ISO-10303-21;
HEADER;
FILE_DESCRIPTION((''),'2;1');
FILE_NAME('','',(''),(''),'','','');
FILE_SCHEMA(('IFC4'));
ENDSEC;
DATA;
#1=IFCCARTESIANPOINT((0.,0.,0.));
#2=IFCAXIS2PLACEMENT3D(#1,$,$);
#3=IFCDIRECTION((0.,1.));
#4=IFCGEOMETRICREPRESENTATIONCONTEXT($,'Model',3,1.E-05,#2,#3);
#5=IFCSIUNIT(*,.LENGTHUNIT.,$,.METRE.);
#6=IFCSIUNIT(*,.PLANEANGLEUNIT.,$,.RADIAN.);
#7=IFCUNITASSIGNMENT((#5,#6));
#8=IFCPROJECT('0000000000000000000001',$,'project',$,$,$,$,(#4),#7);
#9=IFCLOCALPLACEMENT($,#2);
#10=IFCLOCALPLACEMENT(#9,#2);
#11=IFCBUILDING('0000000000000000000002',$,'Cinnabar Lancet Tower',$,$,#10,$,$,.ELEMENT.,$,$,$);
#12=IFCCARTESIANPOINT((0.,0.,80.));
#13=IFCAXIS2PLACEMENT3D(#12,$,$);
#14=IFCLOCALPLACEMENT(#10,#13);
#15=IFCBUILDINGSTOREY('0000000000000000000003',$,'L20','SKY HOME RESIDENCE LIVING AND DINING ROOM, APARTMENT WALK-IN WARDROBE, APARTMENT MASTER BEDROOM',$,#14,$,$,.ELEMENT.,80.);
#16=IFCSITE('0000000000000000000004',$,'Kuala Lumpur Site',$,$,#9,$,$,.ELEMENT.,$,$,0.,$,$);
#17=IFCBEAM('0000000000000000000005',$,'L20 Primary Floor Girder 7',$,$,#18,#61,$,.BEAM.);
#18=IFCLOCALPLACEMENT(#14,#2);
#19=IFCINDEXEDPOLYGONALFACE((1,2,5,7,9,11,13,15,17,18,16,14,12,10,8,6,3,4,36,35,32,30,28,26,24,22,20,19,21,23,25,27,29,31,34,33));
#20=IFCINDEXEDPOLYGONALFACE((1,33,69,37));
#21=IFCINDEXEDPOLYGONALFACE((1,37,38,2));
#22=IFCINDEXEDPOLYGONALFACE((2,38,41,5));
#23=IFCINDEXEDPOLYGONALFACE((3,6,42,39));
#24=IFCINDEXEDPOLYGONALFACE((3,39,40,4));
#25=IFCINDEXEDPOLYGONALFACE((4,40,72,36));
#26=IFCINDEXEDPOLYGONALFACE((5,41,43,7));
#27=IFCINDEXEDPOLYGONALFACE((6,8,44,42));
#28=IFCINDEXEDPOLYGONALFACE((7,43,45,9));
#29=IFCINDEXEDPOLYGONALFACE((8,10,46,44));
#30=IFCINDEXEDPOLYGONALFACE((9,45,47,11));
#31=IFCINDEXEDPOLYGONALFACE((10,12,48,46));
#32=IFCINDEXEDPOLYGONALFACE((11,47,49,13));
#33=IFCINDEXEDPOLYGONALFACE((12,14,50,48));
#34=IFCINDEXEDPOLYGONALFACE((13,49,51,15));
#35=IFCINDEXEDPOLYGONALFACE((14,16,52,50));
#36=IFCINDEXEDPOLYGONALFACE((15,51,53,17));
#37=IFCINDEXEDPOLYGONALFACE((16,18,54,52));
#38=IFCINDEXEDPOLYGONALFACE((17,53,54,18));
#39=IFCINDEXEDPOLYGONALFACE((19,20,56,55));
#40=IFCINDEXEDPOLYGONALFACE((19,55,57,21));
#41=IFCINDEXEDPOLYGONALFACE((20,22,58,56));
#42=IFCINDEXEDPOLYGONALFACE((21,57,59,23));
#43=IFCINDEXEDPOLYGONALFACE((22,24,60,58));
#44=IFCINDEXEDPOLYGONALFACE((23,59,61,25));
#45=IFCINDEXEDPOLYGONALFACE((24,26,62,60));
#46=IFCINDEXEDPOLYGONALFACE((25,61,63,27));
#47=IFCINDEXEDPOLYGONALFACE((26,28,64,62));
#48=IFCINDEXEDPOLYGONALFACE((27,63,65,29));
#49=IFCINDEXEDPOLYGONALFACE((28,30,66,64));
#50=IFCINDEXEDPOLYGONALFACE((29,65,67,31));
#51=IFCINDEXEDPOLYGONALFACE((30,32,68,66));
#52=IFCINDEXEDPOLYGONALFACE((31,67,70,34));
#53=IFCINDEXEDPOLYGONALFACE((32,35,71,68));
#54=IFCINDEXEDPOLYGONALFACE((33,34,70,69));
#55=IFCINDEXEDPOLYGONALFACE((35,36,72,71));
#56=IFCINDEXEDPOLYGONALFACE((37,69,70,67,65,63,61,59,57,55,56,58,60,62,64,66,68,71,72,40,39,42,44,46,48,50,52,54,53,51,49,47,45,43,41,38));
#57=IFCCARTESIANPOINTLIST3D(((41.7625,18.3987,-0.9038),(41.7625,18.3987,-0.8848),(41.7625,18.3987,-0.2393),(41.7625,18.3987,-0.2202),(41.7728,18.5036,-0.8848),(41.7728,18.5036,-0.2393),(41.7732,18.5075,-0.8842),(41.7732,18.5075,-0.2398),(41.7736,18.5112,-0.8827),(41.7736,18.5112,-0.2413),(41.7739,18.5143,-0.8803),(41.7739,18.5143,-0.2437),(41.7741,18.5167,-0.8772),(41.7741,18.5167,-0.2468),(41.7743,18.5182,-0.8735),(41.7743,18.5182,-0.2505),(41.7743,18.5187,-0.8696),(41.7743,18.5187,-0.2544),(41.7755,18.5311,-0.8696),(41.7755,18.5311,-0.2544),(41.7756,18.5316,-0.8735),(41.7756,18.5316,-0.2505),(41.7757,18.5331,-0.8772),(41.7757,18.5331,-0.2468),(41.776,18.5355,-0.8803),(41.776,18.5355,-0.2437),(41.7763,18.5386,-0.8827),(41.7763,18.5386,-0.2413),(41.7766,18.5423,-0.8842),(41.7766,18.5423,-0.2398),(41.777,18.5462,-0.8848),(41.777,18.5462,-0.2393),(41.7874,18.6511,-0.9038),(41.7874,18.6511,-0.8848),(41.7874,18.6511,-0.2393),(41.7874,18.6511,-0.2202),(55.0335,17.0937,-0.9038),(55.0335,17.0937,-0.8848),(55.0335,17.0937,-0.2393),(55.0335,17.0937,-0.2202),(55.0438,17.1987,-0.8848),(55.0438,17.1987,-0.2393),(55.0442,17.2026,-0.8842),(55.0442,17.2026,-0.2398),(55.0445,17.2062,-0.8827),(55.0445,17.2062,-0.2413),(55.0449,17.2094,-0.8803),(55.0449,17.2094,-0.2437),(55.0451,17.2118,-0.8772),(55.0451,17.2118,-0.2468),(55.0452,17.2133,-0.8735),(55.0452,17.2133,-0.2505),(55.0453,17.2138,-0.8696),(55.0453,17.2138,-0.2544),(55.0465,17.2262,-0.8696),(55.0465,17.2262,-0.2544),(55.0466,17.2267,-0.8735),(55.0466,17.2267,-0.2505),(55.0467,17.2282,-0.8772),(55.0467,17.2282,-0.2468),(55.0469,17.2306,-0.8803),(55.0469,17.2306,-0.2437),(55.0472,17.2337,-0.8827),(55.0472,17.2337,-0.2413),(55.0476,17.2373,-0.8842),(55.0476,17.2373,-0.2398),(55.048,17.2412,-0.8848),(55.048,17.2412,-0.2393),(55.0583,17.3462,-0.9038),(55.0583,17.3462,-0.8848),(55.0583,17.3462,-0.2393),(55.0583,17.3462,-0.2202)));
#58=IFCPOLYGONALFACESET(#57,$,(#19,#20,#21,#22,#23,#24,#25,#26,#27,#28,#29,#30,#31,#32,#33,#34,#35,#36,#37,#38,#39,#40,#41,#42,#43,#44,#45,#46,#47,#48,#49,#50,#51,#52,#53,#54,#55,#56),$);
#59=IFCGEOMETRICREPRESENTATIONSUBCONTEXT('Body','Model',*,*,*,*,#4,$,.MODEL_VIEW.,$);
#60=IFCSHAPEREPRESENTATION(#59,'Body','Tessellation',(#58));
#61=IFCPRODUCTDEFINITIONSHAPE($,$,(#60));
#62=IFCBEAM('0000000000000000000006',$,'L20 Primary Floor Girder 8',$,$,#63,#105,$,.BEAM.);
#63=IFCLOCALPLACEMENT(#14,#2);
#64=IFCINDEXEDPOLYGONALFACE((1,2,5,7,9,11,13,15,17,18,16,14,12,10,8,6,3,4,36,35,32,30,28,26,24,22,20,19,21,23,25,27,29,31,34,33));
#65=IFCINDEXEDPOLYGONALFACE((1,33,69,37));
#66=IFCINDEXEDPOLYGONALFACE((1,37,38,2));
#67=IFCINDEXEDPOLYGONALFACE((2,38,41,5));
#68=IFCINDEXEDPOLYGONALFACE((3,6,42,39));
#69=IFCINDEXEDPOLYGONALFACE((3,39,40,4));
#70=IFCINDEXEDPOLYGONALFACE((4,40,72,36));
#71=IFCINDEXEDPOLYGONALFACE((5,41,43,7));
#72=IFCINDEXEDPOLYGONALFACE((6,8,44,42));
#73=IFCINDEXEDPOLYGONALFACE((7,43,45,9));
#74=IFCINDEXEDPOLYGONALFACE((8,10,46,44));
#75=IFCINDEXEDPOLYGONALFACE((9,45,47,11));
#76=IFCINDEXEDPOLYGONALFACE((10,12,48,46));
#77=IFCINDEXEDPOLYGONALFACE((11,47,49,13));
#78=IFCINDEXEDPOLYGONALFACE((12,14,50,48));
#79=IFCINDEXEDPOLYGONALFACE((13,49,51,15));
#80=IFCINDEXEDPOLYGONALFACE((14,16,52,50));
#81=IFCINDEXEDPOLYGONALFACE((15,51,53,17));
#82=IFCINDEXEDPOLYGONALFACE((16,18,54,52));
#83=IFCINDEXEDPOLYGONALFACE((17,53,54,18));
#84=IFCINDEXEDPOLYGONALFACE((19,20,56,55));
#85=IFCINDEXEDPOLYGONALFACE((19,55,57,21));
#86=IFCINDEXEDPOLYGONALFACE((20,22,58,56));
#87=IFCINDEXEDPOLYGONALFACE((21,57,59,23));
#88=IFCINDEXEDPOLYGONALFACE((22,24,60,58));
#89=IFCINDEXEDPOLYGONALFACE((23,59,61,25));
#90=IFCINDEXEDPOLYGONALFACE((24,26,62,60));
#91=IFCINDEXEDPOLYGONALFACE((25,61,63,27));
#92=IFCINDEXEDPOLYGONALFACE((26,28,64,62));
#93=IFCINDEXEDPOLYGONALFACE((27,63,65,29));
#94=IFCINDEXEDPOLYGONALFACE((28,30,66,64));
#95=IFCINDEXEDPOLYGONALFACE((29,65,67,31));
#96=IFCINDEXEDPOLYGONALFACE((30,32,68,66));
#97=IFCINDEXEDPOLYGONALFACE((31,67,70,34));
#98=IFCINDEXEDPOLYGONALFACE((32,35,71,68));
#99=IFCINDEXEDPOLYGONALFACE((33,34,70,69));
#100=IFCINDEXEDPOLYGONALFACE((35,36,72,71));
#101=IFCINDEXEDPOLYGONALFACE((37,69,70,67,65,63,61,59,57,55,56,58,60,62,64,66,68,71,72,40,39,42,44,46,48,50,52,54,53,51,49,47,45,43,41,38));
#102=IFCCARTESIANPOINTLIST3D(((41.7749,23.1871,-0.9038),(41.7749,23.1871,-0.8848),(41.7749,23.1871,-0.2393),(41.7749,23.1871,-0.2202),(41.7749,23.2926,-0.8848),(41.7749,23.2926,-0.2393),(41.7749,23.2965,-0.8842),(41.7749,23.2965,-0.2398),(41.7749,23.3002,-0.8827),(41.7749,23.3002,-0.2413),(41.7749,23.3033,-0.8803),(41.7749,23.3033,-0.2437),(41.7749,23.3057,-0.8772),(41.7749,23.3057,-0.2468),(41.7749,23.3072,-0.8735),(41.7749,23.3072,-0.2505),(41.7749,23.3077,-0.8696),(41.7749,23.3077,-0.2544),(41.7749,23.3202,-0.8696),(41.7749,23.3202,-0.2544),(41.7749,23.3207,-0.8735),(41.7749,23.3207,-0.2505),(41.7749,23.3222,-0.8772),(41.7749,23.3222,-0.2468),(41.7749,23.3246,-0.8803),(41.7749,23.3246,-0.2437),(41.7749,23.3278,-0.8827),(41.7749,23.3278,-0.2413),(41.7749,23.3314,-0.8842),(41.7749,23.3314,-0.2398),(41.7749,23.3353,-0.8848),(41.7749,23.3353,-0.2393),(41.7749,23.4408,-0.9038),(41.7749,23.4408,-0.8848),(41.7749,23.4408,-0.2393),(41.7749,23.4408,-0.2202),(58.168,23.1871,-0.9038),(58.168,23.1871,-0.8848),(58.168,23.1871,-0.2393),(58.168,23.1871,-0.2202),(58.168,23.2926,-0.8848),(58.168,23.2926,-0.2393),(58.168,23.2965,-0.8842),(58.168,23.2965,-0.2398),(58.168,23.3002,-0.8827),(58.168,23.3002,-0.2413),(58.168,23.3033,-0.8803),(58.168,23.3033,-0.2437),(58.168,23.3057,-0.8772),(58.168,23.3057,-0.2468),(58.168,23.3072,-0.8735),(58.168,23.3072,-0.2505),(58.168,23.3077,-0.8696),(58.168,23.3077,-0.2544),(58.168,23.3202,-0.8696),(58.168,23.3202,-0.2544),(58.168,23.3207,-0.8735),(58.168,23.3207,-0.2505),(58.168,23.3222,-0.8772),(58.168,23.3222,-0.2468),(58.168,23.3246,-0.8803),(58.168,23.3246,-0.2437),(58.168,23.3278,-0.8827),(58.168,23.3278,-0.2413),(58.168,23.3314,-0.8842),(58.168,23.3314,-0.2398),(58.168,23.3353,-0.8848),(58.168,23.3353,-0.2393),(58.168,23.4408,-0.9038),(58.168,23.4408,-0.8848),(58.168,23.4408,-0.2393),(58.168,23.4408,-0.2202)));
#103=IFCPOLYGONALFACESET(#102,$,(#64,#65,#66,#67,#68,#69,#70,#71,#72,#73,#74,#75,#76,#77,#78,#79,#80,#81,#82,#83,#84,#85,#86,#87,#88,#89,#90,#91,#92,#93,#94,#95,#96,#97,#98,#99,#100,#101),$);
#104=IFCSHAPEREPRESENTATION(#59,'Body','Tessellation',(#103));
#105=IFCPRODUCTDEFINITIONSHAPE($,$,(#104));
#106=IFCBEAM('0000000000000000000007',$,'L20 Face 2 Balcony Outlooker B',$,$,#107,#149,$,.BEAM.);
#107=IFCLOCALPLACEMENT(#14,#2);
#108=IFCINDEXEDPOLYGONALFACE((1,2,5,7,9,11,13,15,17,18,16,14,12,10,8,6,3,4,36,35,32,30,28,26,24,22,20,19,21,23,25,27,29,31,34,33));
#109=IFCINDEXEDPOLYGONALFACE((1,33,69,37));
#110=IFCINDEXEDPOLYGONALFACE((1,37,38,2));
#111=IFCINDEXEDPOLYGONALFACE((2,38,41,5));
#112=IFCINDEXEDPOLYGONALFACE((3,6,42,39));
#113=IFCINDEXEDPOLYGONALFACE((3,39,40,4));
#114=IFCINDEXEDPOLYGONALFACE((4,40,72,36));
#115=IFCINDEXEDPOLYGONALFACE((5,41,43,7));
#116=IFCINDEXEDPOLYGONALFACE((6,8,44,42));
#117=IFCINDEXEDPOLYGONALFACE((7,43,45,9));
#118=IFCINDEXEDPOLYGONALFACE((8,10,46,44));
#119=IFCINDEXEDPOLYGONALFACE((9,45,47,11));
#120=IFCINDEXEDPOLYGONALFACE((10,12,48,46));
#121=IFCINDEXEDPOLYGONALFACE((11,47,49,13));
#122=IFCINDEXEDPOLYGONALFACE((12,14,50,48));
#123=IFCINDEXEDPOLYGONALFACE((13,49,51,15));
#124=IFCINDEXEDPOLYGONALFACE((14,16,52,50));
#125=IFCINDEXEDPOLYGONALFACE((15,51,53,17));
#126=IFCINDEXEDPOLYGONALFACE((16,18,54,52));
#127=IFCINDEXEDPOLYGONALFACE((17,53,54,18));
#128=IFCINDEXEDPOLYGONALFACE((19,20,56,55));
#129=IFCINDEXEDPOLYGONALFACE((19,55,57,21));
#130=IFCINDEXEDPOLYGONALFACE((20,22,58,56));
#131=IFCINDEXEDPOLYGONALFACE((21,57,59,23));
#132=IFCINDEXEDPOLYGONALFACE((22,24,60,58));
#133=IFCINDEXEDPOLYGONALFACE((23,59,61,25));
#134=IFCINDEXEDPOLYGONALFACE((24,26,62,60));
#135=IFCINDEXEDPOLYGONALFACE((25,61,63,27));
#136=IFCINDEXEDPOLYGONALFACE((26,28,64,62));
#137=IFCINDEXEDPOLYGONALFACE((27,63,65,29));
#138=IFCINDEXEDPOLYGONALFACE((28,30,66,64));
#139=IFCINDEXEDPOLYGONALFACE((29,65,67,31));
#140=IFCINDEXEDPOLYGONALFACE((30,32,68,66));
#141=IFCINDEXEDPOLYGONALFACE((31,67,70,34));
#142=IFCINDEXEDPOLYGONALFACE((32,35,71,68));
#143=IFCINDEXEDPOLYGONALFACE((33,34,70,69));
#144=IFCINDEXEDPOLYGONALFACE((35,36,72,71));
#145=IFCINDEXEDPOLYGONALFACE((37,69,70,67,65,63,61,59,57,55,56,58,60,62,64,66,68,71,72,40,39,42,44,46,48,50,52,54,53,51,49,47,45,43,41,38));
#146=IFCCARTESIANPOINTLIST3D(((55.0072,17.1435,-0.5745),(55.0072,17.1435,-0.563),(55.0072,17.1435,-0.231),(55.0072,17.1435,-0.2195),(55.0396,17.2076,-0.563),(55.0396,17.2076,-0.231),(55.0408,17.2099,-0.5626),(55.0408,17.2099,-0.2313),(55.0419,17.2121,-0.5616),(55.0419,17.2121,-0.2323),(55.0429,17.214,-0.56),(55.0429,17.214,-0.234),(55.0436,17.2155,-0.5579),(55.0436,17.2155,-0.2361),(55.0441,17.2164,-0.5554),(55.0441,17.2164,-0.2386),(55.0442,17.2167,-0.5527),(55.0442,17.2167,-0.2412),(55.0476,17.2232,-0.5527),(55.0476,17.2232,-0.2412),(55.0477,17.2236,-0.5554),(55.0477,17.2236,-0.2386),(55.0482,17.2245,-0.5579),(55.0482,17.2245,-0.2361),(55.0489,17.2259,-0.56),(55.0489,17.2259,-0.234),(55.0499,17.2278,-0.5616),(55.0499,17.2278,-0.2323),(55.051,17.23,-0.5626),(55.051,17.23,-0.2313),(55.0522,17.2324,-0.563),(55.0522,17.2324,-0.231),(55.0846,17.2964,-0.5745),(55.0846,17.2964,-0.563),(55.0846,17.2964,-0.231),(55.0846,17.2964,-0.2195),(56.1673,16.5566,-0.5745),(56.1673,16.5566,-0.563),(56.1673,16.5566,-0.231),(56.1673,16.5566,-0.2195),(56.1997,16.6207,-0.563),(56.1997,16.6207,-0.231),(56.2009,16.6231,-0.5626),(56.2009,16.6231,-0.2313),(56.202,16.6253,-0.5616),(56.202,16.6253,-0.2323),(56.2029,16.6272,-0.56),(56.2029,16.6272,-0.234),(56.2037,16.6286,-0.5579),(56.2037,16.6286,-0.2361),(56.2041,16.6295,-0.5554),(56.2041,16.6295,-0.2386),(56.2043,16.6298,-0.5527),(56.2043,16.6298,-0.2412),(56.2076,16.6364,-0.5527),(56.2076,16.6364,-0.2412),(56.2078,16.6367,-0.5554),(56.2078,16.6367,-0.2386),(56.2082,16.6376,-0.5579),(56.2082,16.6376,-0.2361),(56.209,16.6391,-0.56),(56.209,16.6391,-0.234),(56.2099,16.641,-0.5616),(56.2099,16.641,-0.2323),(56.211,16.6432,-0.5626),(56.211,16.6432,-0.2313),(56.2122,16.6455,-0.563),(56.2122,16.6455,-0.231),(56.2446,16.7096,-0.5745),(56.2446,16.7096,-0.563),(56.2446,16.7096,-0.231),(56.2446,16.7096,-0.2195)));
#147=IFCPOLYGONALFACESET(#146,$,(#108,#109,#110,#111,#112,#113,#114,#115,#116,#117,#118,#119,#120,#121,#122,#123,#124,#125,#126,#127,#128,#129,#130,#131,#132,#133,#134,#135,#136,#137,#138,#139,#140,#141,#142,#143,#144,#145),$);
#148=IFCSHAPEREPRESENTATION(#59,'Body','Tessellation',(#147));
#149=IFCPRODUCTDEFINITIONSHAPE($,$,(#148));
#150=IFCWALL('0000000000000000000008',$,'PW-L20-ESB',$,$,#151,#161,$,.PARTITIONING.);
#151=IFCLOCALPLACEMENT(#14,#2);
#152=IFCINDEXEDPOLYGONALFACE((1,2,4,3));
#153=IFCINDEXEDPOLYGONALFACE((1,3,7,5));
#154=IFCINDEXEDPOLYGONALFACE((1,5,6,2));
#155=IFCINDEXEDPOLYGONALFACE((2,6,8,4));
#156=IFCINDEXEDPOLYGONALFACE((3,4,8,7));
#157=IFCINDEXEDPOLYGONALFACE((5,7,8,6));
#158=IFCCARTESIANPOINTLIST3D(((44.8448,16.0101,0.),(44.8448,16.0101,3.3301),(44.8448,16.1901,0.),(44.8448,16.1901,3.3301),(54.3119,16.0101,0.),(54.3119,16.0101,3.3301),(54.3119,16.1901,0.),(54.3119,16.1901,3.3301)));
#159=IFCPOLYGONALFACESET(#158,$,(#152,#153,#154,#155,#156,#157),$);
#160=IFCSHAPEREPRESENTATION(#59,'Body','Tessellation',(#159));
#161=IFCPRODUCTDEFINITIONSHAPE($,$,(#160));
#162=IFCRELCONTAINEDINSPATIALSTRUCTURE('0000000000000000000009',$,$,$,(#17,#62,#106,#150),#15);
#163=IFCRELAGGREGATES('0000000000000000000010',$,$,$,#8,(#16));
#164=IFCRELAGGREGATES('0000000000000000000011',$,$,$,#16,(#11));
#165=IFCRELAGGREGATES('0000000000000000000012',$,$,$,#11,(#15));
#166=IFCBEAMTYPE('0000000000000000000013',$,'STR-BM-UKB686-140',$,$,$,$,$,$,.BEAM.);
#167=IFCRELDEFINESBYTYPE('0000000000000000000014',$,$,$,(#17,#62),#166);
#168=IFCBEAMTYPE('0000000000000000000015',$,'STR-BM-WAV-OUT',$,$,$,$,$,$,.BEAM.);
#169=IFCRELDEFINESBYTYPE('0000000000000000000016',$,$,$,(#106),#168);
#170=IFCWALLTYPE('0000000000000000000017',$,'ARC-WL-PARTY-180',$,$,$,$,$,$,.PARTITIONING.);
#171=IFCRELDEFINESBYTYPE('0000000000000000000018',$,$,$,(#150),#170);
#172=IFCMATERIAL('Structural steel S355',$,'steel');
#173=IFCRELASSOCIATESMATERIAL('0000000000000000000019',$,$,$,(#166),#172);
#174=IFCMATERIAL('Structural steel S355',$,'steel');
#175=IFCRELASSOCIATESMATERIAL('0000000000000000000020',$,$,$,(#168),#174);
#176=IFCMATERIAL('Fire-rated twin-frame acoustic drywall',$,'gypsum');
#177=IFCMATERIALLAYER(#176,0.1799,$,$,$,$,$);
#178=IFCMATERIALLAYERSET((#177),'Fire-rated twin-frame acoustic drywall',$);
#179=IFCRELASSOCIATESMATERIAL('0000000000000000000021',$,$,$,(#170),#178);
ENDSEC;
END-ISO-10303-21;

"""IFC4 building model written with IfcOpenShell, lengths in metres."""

from ifc_helpers import new_model, si_unit, direction, frame, frame_2d, origin, origin_2d, place, context, subcontext, project, spatial, rectangle, i_section, extrude, material, layer, layer_set, material_profile, profile_set, type_object, element, save


model = new_model("IFC4")

# Units and contexts
model_context = context("Model", 3, precision=1e-05, world=origin(), true_north=direction((0.0, 1.0)))
body_context = subcontext(model_context, "Body", "Model", "MODEL_VIEW")
ifc_project = project(units=[si_unit("LENGTHUNIT", "METRE"), si_unit("PLANEANGLEUNIT", "RADIAN")], contexts=[model_context])

# Site, building, storey
site_placement = place(None, origin())
site = spatial("IfcSite", under=ifc_project, at=site_placement, Name="Kuala Lumpur Site", CompositionType="ELEMENT", RefElevation=0.0)
building_placement = place(site_placement, origin())
building = spatial("IfcBuilding", under=site, at=building_placement, Name="Cinnabar Lancet Tower", CompositionType="ELEMENT")
storey_placement = place(building_placement, frame((0.0, 0.0, 80.0)))
storey = spatial("IfcBuildingStorey", under=building, at=storey_placement, Name="L20", Description="SKY HOME RESIDENCE LIVING AND DINING ROOM, APARTMENT WALK-IN WARDROBE, APARTMENT MASTER BEDROOM", CompositionType="ELEMENT", Elevation=80.0)

# Beams
ifc_material_1 = material(Name="Structural steel S355", Category="steel")
ifc_material_profile_1 = material_profile(ifc_material_1, i_section(OverallWidth=0.2537, OverallDepth=0.6836, WebThickness=0.0125, FlangeThickness=0.019, FilletRadius=0.0151, at=origin_2d()), Name="UKB 686x254x140")
ifc_profile_set_1 = profile_set([ifc_material_profile_1], Name="Structural steel S355")
beam_type_1 = type_object("IfcBeamType", Name="STR-BM-UKB686-140", PredefinedType="BEAM", material=ifc_profile_set_1)
beam_1_placement = place(storey_placement, frame((55.0459, 17.22, -0.562), z_axis=(-0.9952, 0.097858, 0.0), x_axis=(-0.097858, -0.9952, 0.0)))
element("IfcBeam", 1, at=beam_1_placement, inside=storey, type_object=beam_type_1, Name="L20 Primary Floor Girder 7", PredefinedType="BEAM", context=body_context, shape_type="SweptSolid", body=[
    extrude(i_section(OverallWidth=0.2537, OverallDepth=0.6836, WebThickness=0.0125, FlangeThickness=0.019, FilletRadius=0.0151, at=origin_2d()), origin(), (0.0, 0.0, 1.0), 13.335),
])
beam_2_placement = place(storey_placement, frame((58.168, 23.314, -0.562), z_axis=(-1.0, 0.0, 0.0), x_axis=(0.0, -1.0, 0.0)))
element("IfcBeam", 2, at=beam_2_placement, inside=storey, type_object=beam_type_1, Name="L20 Primary Floor Girder 8", PredefinedType="BEAM", context=body_context, shape_type="SweptSolid", body=[
    extrude(i_section(OverallWidth=0.2537, OverallDepth=0.6836, WebThickness=0.0125, FlangeThickness=0.019, FilletRadius=0.0151, at=origin_2d()), origin(), (0.0, 0.0, 1.0), 16.3931),
])
ifc_material_2 = material(Name="Structural steel S355", Category="steel")
ifc_material_profile_2 = material_profile(ifc_material_2, i_section(OverallWidth=0.1714, OverallDepth=0.355, WebThickness=0.0073, FlangeThickness=0.0115, FilletRadius=0.0103, at=origin_2d()), Name="UKB 356x171x51")
ifc_profile_set_2 = profile_set([ifc_material_profile_2], Name="Structural steel S355")
beam_type_2 = type_object("IfcBeamType", Name="STR-BM-WAV-OUT", PredefinedType="BEAM", material=ifc_profile_set_2)
beam_3_placement = place(storey_placement, frame((55.0459, 17.22, -0.397), z_axis=(0.892314, -0.451415, 0.0), x_axis=(0.451415, 0.892314, 0.0)))
element("IfcBeam", 3, at=beam_3_placement, inside=storey, type_object=beam_type_2, Name="L20 Face 2 Balcony Outlooker B", PredefinedType="BEAM", context=body_context, shape_type="SweptSolid", body=[
    extrude(i_section(OverallWidth=0.1714, OverallDepth=0.355, WebThickness=0.0073, FlangeThickness=0.0115, FilletRadius=0.0103, at=origin_2d()), origin(), (0.0, 0.0, 1.0), 1.3),
])

# Wall
ifc_material_3 = material(Name="Fire-rated twin-frame acoustic drywall", Category="gypsum")
ifc_layer_1 = layer(ifc_material_3, 0.1799)
ifc_layer_set_1 = layer_set([ifc_layer_1], Name="Fire-rated twin-frame acoustic drywall")
wall_type_1 = type_object("IfcWallType", Name="ARC-WL-PARTY-180", PredefinedType="PARTITIONING", material=ifc_layer_set_1)
wall_1_placement = place(storey_placement, frame((44.845, 16.1001, 0.0), z_axis=(0.0, 0.0, 1.0), x_axis=(1.0, 0.0, 0.0)))
element("IfcWall", 4, at=wall_1_placement, inside=storey, type_object=wall_type_1, Name="PW-L20-ESB", PredefinedType="PARTITIONING", context=body_context, shape_type="SweptSolid", body=[
    extrude(rectangle(XDim=9.467, YDim=0.1799, at=frame_2d((4.7334, 0.0))), origin(), (0.0, 0.0, 1.0), 3.3301),
])

save(model, "model.ifc")
